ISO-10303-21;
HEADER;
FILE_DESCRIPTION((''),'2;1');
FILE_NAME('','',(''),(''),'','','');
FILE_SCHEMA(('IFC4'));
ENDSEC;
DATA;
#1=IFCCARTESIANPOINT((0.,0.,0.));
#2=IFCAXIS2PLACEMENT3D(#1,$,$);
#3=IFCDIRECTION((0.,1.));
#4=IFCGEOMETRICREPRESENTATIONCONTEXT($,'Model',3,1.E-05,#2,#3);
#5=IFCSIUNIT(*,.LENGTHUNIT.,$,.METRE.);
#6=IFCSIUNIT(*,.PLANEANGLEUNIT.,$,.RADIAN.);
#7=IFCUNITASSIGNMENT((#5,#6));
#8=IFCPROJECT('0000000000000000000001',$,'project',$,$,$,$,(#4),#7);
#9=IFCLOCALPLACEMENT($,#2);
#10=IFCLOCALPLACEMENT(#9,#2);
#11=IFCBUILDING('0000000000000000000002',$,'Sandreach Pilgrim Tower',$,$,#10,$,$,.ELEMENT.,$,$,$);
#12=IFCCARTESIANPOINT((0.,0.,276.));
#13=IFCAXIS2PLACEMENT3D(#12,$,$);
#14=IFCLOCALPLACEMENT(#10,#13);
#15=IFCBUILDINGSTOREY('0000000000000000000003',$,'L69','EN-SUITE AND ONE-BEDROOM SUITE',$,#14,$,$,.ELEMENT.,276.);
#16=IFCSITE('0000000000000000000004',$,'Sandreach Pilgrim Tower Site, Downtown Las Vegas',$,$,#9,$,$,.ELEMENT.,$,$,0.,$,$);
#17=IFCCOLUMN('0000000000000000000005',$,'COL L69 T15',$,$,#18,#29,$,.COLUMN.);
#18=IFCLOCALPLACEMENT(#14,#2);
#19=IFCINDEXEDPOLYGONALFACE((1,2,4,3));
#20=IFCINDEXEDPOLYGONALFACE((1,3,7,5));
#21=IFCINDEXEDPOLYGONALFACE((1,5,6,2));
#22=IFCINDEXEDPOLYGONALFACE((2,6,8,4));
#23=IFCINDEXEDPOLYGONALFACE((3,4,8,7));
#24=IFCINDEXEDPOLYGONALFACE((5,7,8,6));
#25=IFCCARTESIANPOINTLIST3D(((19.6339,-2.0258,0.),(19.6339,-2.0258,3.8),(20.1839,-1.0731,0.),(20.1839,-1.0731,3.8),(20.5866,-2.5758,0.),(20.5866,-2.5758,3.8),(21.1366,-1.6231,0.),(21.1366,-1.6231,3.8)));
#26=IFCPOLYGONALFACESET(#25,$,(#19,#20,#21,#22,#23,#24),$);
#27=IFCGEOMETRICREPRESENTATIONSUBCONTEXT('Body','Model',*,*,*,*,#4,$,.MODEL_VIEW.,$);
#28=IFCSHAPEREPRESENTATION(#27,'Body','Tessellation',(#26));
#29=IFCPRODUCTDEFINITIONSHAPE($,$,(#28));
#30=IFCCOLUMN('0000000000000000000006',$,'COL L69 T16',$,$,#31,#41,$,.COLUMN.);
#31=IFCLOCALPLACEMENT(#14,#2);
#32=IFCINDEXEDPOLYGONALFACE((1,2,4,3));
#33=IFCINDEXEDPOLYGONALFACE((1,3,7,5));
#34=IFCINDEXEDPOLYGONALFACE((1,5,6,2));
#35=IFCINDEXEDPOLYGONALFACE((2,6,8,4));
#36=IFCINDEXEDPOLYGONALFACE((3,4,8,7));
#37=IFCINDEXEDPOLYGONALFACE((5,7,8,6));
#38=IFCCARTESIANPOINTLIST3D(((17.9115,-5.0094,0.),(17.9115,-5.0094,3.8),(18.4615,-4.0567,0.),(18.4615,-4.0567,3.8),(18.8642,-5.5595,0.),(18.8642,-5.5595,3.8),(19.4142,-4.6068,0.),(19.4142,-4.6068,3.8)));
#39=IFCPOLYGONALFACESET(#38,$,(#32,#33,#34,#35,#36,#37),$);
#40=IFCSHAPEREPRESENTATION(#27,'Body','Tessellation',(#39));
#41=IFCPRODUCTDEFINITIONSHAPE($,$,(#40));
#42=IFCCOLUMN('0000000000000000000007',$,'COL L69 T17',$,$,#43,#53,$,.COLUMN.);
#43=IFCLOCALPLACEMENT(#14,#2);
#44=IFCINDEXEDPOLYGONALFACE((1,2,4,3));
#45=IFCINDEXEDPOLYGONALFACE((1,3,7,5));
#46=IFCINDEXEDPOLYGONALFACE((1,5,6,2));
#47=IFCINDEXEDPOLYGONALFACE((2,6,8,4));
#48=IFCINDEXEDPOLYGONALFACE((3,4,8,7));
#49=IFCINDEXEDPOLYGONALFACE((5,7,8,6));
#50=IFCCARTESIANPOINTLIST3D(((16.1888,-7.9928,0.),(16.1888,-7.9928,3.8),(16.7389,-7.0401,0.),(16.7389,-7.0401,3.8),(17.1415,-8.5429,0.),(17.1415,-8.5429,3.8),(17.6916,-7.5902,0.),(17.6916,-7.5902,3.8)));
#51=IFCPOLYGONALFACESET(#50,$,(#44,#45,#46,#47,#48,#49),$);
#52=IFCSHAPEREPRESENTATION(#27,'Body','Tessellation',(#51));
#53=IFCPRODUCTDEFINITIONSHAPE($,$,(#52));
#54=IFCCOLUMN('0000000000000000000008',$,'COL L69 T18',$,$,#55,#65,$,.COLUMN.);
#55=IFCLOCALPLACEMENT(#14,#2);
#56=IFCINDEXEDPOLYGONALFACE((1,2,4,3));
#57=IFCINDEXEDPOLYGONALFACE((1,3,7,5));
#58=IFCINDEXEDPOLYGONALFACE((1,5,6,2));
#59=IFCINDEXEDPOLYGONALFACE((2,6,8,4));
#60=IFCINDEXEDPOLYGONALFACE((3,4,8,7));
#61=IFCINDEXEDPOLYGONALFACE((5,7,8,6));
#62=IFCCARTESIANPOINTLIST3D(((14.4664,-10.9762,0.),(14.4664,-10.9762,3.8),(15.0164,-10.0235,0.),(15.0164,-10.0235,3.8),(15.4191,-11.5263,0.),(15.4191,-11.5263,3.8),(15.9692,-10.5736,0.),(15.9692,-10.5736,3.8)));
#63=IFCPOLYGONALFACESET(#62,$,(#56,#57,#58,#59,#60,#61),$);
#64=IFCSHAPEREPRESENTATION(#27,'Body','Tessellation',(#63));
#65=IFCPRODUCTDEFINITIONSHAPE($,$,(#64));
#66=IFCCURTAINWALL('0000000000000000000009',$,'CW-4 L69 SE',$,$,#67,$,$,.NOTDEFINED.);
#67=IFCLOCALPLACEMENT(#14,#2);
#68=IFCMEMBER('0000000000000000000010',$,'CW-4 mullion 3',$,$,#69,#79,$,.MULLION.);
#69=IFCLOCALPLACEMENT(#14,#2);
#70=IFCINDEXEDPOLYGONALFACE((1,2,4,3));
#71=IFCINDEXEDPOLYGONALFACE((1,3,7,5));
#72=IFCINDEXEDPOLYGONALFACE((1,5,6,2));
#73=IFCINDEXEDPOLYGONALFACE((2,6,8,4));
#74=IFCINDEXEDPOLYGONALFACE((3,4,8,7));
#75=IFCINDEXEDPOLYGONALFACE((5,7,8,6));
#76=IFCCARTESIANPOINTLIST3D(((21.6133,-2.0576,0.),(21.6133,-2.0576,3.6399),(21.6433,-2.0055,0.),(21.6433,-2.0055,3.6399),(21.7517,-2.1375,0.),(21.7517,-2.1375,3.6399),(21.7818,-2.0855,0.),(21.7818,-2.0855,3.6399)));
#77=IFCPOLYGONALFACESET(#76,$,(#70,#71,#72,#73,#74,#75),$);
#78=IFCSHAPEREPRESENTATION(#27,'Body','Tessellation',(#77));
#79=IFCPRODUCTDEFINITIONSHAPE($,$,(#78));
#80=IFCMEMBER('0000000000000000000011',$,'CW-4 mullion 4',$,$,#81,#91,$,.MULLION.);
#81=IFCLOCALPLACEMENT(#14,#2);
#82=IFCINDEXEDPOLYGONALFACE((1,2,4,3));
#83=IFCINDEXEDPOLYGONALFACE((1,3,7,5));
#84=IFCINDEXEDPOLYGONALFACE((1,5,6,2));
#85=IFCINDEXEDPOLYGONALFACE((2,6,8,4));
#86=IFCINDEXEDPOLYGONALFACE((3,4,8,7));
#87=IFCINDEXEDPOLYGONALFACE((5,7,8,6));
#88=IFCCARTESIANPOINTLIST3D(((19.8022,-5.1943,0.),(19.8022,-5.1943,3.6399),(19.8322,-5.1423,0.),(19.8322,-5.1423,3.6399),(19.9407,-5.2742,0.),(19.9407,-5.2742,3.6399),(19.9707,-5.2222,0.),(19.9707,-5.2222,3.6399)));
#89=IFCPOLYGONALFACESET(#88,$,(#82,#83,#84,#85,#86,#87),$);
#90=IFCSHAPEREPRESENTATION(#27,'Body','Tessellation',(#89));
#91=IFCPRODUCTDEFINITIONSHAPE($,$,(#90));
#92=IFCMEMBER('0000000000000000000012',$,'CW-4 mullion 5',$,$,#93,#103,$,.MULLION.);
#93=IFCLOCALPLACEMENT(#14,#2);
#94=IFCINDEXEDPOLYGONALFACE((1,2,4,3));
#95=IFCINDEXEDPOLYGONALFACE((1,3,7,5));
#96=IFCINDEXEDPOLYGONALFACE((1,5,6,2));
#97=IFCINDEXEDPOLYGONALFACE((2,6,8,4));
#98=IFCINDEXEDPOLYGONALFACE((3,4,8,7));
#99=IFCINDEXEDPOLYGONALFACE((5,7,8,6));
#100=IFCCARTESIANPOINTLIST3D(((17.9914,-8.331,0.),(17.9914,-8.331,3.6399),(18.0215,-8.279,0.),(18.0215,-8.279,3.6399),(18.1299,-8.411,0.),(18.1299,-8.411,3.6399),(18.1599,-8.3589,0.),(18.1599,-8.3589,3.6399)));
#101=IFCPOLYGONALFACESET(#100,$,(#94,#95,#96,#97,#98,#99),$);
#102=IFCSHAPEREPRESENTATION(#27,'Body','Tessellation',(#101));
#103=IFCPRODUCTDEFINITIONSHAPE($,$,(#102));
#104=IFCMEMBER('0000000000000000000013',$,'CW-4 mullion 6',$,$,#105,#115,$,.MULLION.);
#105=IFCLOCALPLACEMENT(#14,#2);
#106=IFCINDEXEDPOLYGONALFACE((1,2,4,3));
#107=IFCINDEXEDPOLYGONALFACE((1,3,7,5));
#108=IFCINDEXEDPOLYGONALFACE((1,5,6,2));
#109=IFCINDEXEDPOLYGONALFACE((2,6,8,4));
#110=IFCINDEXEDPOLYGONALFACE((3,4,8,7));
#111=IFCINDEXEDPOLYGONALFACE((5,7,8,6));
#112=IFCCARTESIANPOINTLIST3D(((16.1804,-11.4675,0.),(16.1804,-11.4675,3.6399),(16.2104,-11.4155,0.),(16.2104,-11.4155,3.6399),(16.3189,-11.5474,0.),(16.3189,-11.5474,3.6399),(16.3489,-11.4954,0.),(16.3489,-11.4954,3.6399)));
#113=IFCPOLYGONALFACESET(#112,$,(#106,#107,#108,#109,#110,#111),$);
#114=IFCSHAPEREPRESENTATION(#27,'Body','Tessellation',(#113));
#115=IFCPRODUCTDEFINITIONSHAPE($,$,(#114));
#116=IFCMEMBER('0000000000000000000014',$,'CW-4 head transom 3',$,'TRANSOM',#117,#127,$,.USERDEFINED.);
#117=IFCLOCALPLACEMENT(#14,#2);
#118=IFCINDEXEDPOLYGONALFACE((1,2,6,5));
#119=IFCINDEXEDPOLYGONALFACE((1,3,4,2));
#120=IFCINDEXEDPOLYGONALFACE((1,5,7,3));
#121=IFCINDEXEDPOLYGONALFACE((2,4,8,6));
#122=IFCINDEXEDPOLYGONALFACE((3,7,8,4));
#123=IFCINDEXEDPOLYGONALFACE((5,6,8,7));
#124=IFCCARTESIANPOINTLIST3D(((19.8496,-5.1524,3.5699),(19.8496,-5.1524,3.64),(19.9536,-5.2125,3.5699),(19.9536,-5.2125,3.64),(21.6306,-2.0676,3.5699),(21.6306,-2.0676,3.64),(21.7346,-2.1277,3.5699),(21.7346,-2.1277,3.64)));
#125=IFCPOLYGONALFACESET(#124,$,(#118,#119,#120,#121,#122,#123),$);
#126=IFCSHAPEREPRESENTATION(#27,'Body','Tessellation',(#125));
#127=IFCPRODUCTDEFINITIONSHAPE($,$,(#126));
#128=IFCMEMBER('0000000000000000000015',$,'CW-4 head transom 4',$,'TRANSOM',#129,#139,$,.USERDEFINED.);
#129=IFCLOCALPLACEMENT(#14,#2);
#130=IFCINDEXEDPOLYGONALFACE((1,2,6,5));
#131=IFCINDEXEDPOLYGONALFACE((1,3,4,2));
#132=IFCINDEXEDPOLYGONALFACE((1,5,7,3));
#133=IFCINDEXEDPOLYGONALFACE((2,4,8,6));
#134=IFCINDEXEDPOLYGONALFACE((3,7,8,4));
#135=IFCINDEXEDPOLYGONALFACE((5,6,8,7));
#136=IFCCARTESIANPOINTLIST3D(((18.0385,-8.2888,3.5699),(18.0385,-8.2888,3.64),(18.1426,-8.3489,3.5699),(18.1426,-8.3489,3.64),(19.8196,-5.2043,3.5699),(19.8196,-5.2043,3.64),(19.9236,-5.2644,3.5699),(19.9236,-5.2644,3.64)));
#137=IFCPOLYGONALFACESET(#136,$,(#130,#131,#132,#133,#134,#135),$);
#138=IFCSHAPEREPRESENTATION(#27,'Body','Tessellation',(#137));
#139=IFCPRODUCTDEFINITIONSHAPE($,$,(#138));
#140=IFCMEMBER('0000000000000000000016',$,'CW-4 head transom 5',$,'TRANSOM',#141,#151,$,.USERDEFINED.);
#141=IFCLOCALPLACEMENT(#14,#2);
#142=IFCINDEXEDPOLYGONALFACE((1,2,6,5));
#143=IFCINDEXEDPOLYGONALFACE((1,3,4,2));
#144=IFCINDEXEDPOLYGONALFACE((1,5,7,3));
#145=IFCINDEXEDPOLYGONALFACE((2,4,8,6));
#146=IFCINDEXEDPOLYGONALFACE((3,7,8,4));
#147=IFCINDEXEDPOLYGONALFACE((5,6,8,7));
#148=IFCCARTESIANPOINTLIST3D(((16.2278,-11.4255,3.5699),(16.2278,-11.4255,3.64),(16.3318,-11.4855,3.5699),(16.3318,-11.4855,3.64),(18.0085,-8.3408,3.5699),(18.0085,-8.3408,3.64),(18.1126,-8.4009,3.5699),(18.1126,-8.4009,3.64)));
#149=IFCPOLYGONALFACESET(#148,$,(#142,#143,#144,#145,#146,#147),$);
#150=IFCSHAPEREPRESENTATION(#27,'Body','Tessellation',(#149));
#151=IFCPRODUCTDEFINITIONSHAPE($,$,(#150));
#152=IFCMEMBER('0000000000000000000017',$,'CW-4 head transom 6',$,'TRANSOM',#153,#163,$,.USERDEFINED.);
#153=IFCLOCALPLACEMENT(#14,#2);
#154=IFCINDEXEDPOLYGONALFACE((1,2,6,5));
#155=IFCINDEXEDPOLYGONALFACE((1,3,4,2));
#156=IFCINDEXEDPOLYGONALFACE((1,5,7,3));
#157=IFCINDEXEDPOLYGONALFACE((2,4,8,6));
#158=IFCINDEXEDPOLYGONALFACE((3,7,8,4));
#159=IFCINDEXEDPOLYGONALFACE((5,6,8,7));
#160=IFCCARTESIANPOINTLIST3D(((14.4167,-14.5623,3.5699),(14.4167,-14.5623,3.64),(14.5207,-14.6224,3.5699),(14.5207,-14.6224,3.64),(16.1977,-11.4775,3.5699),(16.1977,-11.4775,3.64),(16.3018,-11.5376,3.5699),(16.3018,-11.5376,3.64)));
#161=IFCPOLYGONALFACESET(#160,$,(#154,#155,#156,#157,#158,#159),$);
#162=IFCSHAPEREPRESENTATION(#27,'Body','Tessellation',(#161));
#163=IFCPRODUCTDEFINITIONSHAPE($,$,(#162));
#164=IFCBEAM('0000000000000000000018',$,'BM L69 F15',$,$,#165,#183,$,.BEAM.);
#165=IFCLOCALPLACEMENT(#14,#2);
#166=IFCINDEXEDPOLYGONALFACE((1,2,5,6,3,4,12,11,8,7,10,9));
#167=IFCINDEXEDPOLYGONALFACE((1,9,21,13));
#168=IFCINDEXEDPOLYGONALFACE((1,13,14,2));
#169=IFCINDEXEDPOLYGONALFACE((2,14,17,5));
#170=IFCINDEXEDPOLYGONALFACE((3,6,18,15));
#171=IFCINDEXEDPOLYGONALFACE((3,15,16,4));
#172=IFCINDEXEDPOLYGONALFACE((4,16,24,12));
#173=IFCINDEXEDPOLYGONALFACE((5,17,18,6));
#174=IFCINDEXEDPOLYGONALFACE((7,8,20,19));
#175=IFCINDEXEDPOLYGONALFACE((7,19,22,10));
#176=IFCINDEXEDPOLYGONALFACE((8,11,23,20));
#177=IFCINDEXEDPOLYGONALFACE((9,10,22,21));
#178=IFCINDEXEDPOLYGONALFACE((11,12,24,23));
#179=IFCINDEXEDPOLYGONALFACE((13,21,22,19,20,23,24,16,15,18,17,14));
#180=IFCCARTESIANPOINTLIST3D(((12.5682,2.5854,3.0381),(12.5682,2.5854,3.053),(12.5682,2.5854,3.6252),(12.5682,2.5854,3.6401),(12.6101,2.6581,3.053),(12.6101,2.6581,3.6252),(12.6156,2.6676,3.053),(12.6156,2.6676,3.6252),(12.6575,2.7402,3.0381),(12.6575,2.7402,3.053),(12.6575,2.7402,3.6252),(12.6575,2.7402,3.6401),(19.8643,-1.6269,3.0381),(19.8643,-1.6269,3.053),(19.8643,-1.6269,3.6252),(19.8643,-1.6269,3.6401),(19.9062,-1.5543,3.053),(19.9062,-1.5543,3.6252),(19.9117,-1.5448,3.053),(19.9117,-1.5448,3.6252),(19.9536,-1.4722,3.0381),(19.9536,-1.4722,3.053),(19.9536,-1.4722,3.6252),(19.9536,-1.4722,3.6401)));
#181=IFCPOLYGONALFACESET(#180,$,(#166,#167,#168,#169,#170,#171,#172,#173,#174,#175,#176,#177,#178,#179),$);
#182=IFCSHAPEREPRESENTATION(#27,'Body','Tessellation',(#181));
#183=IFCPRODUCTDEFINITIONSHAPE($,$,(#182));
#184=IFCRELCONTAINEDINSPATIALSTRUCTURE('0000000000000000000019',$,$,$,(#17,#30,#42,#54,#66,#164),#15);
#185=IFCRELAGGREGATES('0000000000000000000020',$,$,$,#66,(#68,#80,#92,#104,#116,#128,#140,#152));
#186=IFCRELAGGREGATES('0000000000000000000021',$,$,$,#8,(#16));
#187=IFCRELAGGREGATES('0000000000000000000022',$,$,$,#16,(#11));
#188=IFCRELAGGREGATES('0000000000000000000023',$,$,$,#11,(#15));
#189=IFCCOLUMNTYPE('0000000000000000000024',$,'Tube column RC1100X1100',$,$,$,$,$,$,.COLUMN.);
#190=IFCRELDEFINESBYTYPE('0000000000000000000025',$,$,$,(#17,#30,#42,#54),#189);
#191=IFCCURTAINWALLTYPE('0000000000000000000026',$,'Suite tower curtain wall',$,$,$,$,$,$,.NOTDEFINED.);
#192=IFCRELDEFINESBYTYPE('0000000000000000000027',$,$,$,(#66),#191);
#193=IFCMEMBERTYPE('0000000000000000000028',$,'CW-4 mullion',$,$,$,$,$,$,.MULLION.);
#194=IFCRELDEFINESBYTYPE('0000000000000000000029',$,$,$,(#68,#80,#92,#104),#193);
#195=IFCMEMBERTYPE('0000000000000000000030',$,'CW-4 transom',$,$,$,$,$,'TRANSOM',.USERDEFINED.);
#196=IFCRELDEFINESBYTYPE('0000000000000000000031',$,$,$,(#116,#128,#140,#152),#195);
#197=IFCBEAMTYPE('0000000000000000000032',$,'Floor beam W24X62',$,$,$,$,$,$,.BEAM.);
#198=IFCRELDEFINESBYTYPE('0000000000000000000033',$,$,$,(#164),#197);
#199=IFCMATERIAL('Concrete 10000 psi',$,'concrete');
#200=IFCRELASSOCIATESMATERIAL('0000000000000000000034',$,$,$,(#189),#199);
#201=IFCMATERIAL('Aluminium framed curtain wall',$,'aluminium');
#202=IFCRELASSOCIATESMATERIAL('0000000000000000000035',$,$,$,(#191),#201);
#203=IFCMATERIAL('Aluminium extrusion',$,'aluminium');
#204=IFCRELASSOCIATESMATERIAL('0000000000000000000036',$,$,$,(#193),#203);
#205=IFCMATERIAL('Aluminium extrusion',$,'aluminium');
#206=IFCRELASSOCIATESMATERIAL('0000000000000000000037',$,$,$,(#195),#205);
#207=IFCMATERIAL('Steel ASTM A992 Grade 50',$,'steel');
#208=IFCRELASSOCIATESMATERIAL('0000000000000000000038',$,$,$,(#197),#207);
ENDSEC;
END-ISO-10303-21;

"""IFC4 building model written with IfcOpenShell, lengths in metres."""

from ifc_helpers import new_model, si_unit, direction, frame, origin, origin_2d, place, context, subcontext, project, spatial, rectangle, i_section, extrude, material, material_profile, profile_set, type_object, element, aggregate, save


model = new_model("IFC4")

# Units and contexts
model_context = context("Model", 3, precision=1e-05, world=origin(), true_north=direction((0.0, 1.0)))
body_context = subcontext(model_context, "Body", "Model", "MODEL_VIEW")
ifc_project = project(units=[si_unit("LENGTHUNIT", "METRE"), si_unit("PLANEANGLEUNIT", "RADIAN")], contexts=[model_context])

# Site, building, storey
site_placement = place(None, origin())
site = spatial("IfcSite", under=ifc_project, at=site_placement, Name="Sandreach Pilgrim Tower Site, Downtown Las Vegas", CompositionType="ELEMENT", RefElevation=0.0)
building_placement = place(site_placement, origin())
building = spatial("IfcBuilding", under=site, at=building_placement, Name="Sandreach Pilgrim Tower", CompositionType="ELEMENT")
storey_placement = place(building_placement, frame((0.0, 0.0, 276.0)))
storey = spatial("IfcBuildingStorey", under=building, at=storey_placement, Name="L69", Description="EN-SUITE AND ONE-BEDROOM SUITE", CompositionType="ELEMENT", Elevation=276.0)

# Columns
ifc_material_1 = material(Name="Concrete 10000 psi", Category="concrete")
ifc_material_profile_1 = material_profile(ifc_material_1, rectangle(XDim=1.1001, YDim=1.1001, at=origin_2d()), Name="RC1100X1100")
ifc_profile_set_1 = profile_set([ifc_material_profile_1], Name="Concrete 10000 psi")
column_type = type_object("IfcColumnType", Name="Tube column RC1100X1100", PredefinedType="COLUMN", material=ifc_profile_set_1)
for number, where, z_axis, x_axis, name in (
    (1, (20.3853, -1.8245, 0.0), (0.0, 0.0, 1.0), (0.866025, -0.5, 0.0), "COL L69 T15"),
    (2, (18.6628, -4.8081, 0.0), (0.0, 0.0, 1.0), (0.866025, -0.5, 0.0), "COL L69 T16"),
    (3, (16.9402, -7.7915, 0.0), (0.0, 0.0, 1.0), (0.866025, -0.5, 0.0), "COL L69 T17"),
    (4, (15.2178, -10.7749, 0.0), (0.0, 0.0, 1.0), (0.866025, -0.5, 0.0), "COL L69 T18"),
):
    element("IfcColumn", number, at=place(storey_placement, frame(where, z_axis=z_axis, x_axis=x_axis)), inside=storey, type_object=column_type, Name=name, PredefinedType="COLUMN", context=body_context, shape_type="SweptSolid", body=[
        extrude(rectangle(XDim=1.1001, YDim=1.1001, at=origin_2d()), origin(), (0.0, 0.0, 1.0), 3.8),
    ])

# Curtain wall, members
ifc_material_2 = material(Name="Aluminium framed curtain wall", Category="aluminium")
curtain_wall_type = type_object("IfcCurtainWallType", Name="Suite tower curtain wall", PredefinedType="NOTDEFINED", material=ifc_material_2)
curtain_wall_placement = place(storey_placement, origin())
curtain_wall = element("IfcCurtainWall", 5, at=curtain_wall_placement, inside=storey, type_object=curtain_wall_type, Name="CW-4 L69 SE", PredefinedType="NOTDEFINED")
ifc_material_3 = material(Name="Aluminium extrusion", Category="aluminium")
ifc_material_profile_2 = material_profile(ifc_material_3, rectangle(XDim=0.0601, YDim=0.1599, at=origin_2d()), Name="CW-4M 60X160")
ifc_profile_set_2 = profile_set([ifc_material_profile_2], Name="Aluminium extrusion")
member_type_1 = type_object("IfcMemberType", Name="CW-4 mullion", PredefinedType="MULLION", material=ifc_profile_set_2)
member_1_placement = place(storey_placement, frame((21.6975, -2.0715, 0.0), z_axis=(0.0, 0.0, 1.0), x_axis=(-0.5, -0.866025, 0.0)))
member_1 = element("IfcMember", 6, at=member_1_placement, type_object=member_type_1, Name="CW-4 mullion 3", PredefinedType="MULLION", context=body_context, shape_type="SweptSolid", body=[
    extrude(rectangle(XDim=0.0601, YDim=0.1599, at=origin_2d()), origin(), (0.0, 0.0, 1.0), 3.6399),
])
member_2_placement = place(storey_placement, frame((19.8865, -5.2083, 0.0), z_axis=(0.0, 0.0, 1.0), x_axis=(-0.5, -0.866025, 0.0)))
member_2 = element("IfcMember", 7, at=member_2_placement, type_object=member_type_1, Name="CW-4 mullion 4", PredefinedType="MULLION", context=body_context, shape_type="SweptSolid", body=[
    extrude(rectangle(XDim=0.0601, YDim=0.1599, at=origin_2d()), origin(), (0.0, 0.0, 1.0), 3.6399),
])
member_3_placement = place(storey_placement, frame((18.0757, -8.345, 0.0), z_axis=(0.0, 0.0, 1.0), x_axis=(-0.5, -0.866025, 0.0)))
member_3 = element("IfcMember", 8, at=member_3_placement, type_object=member_type_1, Name="CW-4 mullion 5", PredefinedType="MULLION", context=body_context, shape_type="SweptSolid", body=[
    extrude(rectangle(XDim=0.0601, YDim=0.1599, at=origin_2d()), origin(), (0.0, 0.0, 1.0), 3.6399),
])
member_4_placement = place(storey_placement, frame((16.2646, -11.4814, 0.0), z_axis=(0.0, 0.0, 1.0), x_axis=(-0.5, -0.866025, 0.0)))
member_4 = element("IfcMember", 9, at=member_4_placement, type_object=member_type_1, Name="CW-4 mullion 6", PredefinedType="MULLION", context=body_context, shape_type="SweptSolid", body=[
    extrude(rectangle(XDim=0.0601, YDim=0.1599, at=origin_2d()), origin(), (0.0, 0.0, 1.0), 3.6399),
])
ifc_material_4 = material(Name="Aluminium extrusion", Category="aluminium")
ifc_material_profile_3 = material_profile(ifc_material_4, rectangle(XDim=0.1201, YDim=0.0701, at=origin_2d()), Name="CW-4T 120X70")
ifc_profile_set_3 = profile_set([ifc_material_profile_3], Name="Aluminium extrusion")
member_type_2 = type_object("IfcMemberType", Name="CW-4 transom", ElementType="TRANSOM", PredefinedType="USERDEFINED", material=ifc_profile_set_3)
member_5_placement = place(storey_placement, frame((21.6826, -2.0977, 3.605), z_axis=(-0.500009, -0.86602, 0.0), x_axis=(0.86602, -0.500009, 0.0)))
member_5 = element("IfcMember", 10, at=member_5_placement, type_object=member_type_2, Name="CW-4 head transom 3", ObjectType="TRANSOM", PredefinedType="USERDEFINED", context=body_context, shape_type="SweptSolid", body=[
    extrude(rectangle(XDim=0.1201, YDim=0.0701, at=origin_2d()), origin(), (0.0, 0.0, 1.0), 3.562),
])
member_6_placement = place(storey_placement, frame((19.8716, -5.2344, 3.605), z_axis=(-0.500039, -0.866003, 0.0), x_axis=(0.866003, -0.500039, 0.0)))
member_6 = element("IfcMember", 11, at=member_6_placement, type_object=member_type_2, Name="CW-4 head transom 4", ObjectType="TRANSOM", PredefinedType="USERDEFINED", context=body_context, shape_type="SweptSolid", body=[
    extrude(rectangle(XDim=0.1201, YDim=0.0701, at=origin_2d()), origin(), (0.0, 0.0, 1.0), 3.5618),
])
member_7_placement = place(storey_placement, frame((18.0605, -8.3708, 3.605), z_axis=(-0.499958, -0.86605, 0.0), x_axis=(0.86605, -0.499958, 0.0)))
member_7 = element("IfcMember", 12, at=member_7_placement, type_object=member_type_2, Name="CW-4 head transom 5", ObjectType="TRANSOM", PredefinedType="USERDEFINED", context=body_context, shape_type="SweptSolid", body=[
    extrude(rectangle(XDim=0.1201, YDim=0.0701, at=origin_2d()), origin(), (0.0, 0.0, 1.0), 3.5618),
])
member_8_placement = place(storey_placement, frame((16.2498, -11.5076, 3.605), z_axis=(-0.500009, -0.86602, 0.0), x_axis=(0.86602, -0.500009, 0.0)))
member_8 = element("IfcMember", 13, at=member_8_placement, type_object=member_type_2, Name="CW-4 head transom 6", ObjectType="TRANSOM", PredefinedType="USERDEFINED", context=body_context, shape_type="SweptSolid", body=[
    extrude(rectangle(XDim=0.1201, YDim=0.0701, at=origin_2d()), origin(), (0.0, 0.0, 1.0), 3.562),
])

# Beam
ifc_material_5 = material(Name="Steel ASTM A992 Grade 50", Category="steel")
ifc_material_profile_4 = material_profile(ifc_material_5, i_section(OverallWidth=0.1787, OverallDepth=0.6021, WebThickness=0.011, FlangeThickness=0.0149, at=origin_2d()), Name="W24X62")
ifc_profile_set_4 = profile_set([ifc_material_profile_4], Name="Steel ASTM A992 Grade 50")
beam_type_1 = type_object("IfcBeamType", Name="Floor beam W24X62", PredefinedType="BEAM", material=ifc_profile_set_4)
beam_1_placement = place(storey_placement, frame((19.9089, -1.5496, 3.3391), z_axis=(-0.866027, 0.499998, 0.0), x_axis=(-0.499998, -0.866027, 0.0)))
element("IfcBeam", 14, at=beam_1_placement, inside=storey, type_object=beam_type_1, Name="BM L69 F15", PredefinedType="BEAM", context=body_context, shape_type="SweptSolid", body=[
    extrude(i_section(OverallWidth=0.1787, OverallDepth=0.6021, WebThickness=0.011, FlangeThickness=0.0149, at=origin_2d()), origin(), (0.0, 0.0, 1.0), 8.4248),
])

aggregate(curtain_wall, [member_1, member_2, member_3, member_4, member_5, member_6, member_7, member_8])

save(model, "model.ifc")
